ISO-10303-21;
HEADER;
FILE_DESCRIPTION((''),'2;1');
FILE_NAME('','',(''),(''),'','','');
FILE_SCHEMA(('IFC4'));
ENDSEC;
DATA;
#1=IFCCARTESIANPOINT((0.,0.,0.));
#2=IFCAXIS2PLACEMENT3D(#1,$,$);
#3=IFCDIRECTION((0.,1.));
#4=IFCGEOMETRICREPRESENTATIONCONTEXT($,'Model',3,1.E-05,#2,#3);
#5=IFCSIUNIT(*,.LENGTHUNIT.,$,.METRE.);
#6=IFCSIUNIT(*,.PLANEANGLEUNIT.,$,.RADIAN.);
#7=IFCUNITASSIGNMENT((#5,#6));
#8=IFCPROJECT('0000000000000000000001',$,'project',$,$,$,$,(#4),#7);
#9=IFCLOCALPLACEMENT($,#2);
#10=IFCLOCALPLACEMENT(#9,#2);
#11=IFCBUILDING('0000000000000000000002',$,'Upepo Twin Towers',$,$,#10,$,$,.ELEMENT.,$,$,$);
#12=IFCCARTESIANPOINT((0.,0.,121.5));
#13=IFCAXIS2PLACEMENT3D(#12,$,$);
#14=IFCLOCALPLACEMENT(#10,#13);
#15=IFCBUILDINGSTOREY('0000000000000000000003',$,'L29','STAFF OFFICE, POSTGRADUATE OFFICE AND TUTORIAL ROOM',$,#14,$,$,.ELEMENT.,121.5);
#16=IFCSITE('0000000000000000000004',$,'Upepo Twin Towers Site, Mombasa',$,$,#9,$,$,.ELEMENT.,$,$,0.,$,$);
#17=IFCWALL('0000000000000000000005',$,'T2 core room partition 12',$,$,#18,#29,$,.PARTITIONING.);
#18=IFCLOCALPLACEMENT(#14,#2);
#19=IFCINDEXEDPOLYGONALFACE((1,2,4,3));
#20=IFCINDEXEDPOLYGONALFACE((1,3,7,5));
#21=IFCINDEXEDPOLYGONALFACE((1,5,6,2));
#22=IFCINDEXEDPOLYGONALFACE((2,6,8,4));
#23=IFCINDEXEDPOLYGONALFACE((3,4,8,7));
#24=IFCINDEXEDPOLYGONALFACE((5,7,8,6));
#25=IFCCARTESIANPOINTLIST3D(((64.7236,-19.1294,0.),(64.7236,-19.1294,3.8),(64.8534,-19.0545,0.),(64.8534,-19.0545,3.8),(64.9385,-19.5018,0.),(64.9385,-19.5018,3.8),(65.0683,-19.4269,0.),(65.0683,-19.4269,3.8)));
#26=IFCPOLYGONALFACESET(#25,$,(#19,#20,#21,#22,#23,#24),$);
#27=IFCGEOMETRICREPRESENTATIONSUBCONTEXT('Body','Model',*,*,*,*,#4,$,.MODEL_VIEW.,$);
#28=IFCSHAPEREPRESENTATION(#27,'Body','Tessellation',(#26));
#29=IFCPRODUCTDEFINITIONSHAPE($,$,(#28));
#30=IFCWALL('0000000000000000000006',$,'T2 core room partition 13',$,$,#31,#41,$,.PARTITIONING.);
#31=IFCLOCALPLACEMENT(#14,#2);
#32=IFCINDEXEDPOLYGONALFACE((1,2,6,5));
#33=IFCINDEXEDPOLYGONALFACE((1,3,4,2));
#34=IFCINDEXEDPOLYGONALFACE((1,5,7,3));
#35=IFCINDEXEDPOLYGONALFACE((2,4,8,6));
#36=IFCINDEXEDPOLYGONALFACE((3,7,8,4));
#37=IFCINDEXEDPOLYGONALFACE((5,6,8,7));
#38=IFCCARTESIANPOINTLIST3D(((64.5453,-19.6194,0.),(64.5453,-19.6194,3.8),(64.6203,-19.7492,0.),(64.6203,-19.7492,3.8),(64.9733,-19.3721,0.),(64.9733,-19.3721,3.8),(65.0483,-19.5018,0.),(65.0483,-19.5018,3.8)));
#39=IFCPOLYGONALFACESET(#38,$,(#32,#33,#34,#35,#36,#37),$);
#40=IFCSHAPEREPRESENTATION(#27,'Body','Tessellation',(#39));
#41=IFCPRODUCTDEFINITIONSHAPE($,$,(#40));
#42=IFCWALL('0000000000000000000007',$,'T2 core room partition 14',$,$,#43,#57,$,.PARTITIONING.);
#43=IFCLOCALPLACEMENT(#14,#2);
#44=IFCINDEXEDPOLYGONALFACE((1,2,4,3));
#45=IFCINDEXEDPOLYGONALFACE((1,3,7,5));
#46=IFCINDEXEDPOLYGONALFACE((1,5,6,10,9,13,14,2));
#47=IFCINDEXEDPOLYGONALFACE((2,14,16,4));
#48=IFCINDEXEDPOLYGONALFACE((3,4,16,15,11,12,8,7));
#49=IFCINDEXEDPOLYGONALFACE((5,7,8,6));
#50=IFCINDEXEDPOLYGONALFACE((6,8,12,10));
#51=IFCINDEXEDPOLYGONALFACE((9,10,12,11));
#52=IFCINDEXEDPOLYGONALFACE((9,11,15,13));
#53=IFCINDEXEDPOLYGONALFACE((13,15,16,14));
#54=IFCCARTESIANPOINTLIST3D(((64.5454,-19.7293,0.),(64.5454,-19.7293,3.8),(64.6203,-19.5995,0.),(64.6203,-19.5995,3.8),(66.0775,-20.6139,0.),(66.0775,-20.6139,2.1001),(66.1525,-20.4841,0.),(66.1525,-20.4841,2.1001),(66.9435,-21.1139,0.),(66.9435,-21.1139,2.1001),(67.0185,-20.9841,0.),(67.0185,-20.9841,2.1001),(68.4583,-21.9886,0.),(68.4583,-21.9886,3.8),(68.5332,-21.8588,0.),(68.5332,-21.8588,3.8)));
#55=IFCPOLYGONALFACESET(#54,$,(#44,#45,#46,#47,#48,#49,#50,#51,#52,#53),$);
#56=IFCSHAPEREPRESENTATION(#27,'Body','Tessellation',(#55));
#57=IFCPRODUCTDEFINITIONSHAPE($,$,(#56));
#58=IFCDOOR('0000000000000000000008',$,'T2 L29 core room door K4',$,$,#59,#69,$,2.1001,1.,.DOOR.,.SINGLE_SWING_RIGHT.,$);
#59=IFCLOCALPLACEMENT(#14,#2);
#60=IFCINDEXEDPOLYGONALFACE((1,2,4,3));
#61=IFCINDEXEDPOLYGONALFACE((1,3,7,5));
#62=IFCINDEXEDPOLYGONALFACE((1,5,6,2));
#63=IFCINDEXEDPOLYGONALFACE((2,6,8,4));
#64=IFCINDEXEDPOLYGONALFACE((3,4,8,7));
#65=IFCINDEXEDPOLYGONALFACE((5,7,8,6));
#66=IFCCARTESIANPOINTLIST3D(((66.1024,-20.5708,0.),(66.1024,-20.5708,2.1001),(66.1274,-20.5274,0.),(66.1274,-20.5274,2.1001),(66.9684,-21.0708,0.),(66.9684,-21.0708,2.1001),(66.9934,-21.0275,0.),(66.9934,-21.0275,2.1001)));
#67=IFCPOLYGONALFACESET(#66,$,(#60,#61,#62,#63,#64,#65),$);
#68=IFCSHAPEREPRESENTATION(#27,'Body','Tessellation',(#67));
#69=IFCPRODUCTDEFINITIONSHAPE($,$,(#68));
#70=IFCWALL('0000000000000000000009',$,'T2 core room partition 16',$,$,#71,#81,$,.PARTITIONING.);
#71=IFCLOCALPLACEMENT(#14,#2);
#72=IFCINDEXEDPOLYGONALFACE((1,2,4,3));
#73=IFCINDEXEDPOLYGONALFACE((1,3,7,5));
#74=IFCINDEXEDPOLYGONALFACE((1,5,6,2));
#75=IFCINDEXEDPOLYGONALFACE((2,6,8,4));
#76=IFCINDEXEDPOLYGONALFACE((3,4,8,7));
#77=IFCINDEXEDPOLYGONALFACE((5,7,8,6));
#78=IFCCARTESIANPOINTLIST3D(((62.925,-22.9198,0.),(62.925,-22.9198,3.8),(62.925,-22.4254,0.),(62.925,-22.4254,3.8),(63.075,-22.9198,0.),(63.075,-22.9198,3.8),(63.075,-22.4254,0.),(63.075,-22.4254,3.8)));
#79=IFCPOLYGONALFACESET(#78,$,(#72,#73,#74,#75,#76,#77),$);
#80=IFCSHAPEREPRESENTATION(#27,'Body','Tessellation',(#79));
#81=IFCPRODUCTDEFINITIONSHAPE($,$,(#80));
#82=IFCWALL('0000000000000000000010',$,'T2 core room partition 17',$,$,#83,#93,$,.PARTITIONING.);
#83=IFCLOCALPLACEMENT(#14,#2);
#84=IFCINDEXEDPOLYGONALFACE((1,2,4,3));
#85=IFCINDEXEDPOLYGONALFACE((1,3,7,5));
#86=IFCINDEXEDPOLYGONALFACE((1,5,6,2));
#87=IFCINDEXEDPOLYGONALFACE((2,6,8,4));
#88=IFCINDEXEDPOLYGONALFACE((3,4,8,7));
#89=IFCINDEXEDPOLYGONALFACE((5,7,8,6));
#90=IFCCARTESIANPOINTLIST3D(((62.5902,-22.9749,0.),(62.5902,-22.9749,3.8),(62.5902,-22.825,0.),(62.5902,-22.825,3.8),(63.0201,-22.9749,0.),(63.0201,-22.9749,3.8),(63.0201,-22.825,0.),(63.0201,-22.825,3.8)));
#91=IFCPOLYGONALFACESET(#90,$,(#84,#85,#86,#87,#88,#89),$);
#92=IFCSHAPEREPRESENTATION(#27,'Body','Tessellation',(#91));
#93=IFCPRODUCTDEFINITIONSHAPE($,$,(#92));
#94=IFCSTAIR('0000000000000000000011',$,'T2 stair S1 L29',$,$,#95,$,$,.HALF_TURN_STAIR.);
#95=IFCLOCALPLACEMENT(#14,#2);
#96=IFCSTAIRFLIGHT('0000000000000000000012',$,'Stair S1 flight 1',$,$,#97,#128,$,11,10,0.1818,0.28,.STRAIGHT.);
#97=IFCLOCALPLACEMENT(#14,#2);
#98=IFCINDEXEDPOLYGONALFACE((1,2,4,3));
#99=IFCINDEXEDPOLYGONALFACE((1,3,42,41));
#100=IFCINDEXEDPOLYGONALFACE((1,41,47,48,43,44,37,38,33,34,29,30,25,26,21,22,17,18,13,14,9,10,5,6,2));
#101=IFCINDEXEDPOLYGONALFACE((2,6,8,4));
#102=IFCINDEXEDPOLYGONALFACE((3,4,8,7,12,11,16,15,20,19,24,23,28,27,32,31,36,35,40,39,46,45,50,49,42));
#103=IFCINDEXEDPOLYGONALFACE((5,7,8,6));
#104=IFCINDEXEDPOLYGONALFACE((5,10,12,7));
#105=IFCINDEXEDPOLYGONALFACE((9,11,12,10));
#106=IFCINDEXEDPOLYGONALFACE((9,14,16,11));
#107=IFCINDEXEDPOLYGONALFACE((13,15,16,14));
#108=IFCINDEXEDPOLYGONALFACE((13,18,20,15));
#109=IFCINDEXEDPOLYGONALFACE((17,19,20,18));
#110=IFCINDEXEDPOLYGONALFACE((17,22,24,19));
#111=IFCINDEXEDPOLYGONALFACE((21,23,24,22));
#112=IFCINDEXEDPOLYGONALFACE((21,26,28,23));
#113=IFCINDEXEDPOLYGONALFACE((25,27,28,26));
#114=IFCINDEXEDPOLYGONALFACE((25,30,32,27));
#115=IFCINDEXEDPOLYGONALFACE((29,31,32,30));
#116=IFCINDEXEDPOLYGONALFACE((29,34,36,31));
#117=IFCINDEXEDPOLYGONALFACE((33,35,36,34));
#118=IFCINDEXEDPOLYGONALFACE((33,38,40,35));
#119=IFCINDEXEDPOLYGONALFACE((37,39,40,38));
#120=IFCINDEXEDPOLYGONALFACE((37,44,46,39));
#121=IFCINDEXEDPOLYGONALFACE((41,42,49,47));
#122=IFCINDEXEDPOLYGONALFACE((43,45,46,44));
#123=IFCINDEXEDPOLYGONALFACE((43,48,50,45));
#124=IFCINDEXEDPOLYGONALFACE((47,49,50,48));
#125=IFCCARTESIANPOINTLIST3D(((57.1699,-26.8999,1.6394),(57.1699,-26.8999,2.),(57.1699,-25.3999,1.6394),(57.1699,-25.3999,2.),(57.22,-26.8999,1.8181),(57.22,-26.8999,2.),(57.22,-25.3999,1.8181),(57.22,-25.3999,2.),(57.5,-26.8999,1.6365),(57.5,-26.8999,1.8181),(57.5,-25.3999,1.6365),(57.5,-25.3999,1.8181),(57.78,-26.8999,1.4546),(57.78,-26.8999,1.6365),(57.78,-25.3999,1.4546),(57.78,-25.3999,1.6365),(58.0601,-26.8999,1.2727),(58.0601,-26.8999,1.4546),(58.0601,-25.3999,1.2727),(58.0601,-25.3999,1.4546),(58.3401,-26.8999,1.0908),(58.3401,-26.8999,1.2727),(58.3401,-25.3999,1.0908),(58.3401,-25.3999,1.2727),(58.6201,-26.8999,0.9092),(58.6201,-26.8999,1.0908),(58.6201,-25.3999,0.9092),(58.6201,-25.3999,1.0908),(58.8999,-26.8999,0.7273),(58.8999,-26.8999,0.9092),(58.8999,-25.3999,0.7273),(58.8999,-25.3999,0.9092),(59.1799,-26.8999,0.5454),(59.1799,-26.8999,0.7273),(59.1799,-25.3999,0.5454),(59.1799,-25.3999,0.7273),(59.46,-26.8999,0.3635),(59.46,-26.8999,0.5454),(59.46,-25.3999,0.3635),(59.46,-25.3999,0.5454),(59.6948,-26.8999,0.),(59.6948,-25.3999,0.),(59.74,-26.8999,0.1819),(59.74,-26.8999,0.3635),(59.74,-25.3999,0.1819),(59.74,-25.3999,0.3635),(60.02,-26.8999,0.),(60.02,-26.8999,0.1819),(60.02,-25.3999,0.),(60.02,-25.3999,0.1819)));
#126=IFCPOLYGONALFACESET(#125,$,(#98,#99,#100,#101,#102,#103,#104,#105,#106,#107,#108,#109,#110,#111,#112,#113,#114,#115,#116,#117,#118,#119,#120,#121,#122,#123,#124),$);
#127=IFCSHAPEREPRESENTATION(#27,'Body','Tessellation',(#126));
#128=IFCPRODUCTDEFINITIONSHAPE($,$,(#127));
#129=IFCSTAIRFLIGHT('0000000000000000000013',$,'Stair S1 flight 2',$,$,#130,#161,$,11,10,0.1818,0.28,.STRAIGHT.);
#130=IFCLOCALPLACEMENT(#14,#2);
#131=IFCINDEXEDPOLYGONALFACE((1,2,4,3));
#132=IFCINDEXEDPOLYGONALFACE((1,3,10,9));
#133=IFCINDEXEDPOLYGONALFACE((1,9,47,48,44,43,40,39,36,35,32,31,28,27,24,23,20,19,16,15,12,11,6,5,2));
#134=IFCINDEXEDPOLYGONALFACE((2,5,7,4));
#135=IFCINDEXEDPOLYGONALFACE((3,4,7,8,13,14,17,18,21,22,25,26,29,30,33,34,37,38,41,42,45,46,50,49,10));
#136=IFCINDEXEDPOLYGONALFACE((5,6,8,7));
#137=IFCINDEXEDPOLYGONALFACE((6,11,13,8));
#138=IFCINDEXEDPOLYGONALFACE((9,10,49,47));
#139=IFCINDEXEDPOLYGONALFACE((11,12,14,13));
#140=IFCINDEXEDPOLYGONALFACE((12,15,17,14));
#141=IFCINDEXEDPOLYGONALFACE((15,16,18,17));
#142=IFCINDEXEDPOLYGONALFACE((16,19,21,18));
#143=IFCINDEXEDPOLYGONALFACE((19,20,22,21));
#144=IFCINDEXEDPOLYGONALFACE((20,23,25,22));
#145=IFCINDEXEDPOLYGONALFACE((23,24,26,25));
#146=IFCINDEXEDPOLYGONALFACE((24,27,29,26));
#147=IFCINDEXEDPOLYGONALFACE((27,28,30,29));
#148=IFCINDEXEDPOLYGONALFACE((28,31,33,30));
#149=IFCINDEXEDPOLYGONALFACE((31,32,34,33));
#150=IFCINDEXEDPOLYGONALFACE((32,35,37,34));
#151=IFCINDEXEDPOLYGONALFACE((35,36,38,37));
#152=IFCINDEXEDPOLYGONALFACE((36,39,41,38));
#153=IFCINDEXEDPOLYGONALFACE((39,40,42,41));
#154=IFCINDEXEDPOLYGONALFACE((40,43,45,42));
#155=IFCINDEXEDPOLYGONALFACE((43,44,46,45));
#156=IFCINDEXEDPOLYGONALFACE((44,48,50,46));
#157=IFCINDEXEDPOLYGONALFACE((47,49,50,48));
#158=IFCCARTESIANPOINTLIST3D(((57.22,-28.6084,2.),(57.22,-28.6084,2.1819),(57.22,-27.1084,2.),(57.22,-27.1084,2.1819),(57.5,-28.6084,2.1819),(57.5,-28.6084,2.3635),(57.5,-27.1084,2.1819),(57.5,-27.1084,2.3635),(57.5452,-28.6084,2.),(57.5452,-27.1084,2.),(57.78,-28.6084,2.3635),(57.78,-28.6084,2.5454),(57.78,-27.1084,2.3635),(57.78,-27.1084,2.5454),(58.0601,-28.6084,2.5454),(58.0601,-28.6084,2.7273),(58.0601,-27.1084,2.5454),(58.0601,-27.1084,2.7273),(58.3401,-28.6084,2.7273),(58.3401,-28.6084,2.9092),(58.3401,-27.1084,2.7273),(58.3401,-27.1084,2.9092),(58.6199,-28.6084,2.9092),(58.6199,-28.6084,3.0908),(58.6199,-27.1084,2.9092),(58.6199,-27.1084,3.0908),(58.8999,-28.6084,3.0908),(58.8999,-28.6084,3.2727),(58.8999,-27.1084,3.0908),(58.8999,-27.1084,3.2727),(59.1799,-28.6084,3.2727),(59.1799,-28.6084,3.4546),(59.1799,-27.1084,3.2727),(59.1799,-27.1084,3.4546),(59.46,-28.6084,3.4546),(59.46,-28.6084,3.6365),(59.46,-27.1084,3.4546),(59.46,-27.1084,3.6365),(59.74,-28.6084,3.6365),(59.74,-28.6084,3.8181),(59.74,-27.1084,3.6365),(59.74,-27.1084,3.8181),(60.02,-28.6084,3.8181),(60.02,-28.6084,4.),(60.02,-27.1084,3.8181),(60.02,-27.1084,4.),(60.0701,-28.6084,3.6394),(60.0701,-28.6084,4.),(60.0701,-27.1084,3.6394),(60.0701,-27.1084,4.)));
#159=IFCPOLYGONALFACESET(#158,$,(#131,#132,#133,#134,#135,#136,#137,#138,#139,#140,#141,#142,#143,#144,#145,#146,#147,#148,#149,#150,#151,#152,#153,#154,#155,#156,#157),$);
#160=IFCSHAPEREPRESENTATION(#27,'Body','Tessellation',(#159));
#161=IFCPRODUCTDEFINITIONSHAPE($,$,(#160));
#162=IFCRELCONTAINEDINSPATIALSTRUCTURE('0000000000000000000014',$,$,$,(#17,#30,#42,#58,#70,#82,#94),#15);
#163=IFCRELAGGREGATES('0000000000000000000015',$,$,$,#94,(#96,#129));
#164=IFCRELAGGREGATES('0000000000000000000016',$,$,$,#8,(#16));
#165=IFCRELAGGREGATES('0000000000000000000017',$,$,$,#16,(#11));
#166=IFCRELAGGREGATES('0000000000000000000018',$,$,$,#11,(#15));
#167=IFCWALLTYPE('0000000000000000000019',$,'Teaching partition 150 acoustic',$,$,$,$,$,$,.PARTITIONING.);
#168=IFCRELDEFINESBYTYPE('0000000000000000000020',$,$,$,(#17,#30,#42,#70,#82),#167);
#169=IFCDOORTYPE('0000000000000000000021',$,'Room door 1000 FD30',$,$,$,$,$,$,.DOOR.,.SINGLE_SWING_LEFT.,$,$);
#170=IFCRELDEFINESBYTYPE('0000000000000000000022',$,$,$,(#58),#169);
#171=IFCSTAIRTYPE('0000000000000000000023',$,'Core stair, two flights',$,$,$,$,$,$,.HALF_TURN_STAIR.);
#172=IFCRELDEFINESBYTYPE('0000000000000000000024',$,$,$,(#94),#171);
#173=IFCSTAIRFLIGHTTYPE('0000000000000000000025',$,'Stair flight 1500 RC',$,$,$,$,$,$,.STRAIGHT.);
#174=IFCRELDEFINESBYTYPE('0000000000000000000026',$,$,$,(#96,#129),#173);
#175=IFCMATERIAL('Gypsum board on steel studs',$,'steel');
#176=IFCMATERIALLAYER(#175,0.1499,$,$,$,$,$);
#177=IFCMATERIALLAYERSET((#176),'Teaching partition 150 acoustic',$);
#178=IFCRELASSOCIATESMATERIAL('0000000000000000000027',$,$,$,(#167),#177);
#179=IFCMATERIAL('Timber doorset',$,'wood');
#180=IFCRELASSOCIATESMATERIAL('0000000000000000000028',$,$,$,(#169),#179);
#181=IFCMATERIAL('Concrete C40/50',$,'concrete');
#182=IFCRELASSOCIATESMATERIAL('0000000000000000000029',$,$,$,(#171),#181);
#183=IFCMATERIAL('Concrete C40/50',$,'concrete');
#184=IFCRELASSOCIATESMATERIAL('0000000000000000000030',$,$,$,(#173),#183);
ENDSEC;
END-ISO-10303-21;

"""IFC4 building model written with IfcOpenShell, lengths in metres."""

from ifc_helpers import new_model, si_unit, direction, frame, frame_2d, origin, place, context, subcontext, project, spatial, polyline, rectangle, outline, extrude, material, layer, layer_set, type_object, element, fill, aggregate, save


model = new_model("IFC4")

# Units and contexts
model_context = context("Model", 3, precision=1e-05, world=origin(), true_north=direction((0.0, 1.0)))
body_context = subcontext(model_context, "Body", "Model", "MODEL_VIEW")
ifc_project = project(units=[si_unit("LENGTHUNIT", "METRE"), si_unit("PLANEANGLEUNIT", "RADIAN")], contexts=[model_context])

# Site, building, storey
site_placement = place(None, origin())
site = spatial("IfcSite", under=ifc_project, at=site_placement, Name="Upepo Twin Towers Site, Mombasa", CompositionType="ELEMENT", RefElevation=0.0)
building_placement = place(site_placement, origin())
building = spatial("IfcBuilding", under=site, at=building_placement, Name="Upepo Twin Towers", CompositionType="ELEMENT")
storey_placement = place(building_placement, frame((0.0, 0.0, 121.5)))
storey = spatial("IfcBuildingStorey", under=building, at=storey_placement, Name="L29", Description="STAFF OFFICE, POSTGRADUATE OFFICE AND TUTORIAL ROOM", CompositionType="ELEMENT", Elevation=121.5)

# Walls
ifc_material_1 = material(Name="Gypsum board on steel studs", Category="steel")
ifc_layer_1 = layer(ifc_material_1, 0.1499)
ifc_layer_set_1 = layer_set([ifc_layer_1], Name="Teaching partition 150 acoustic")
wall_type_1 = type_object("IfcWallType", Name="Teaching partition 150 acoustic", PredefinedType="PARTITIONING", material=ifc_layer_set_1)
wall_1_placement = place(storey_placement, frame((64.7886, -19.092, 0.0), z_axis=(0.0, 0.0, 1.0), x_axis=(0.499804, -0.866138, 0.0)))
element("IfcWall", 1, at=wall_1_placement, inside=storey, type_object=wall_type_1, Name="T2 core room partition 12", PredefinedType="PARTITIONING", context=body_context, shape_type="SweptSolid", body=[
    extrude(rectangle(XDim=0.4299, YDim=0.1499, at=frame_2d((0.2148, 0.0))), origin(), (0.0, 0.0, 1.0), 3.8),
])
wall_2_placement = place(storey_placement, frame((65.0107, -19.437, 0.0), z_axis=(0.0, 0.0, 1.0), x_axis=(-0.865832, -0.500335, 0.0)))
element("IfcWall", 2, at=wall_2_placement, inside=storey, type_object=wall_type_1, Name="T2 core room partition 13", PredefinedType="PARTITIONING", context=body_context, shape_type="SweptSolid", body=[
    extrude(rectangle(XDim=0.4944, YDim=0.1499, at=frame_2d((0.2471, 0.0))), origin(), (0.0, 0.0, 1.0), 3.8),
])

# Wall, opening, door
wall_3_placement = place(storey_placement, frame((64.5828, -19.6643, 0.0), z_axis=(0.0, 0.0, 1.0), x_axis=(0.866007, -0.500033, 0.0)))
wall_3 = element("IfcWall", 3, at=wall_3_placement, inside=storey, type_object=wall_type_1, Name="T2 core room partition 14", PredefinedType="PARTITIONING", context=body_context, shape_type="SweptSolid", body=[
    extrude(rectangle(XDim=4.5183, YDim=0.1499, at=frame_2d((2.2593, 0.0))), origin(), (0.0, 0.0, 1.0), 3.8),
])
opening_1_placement = place(wall_3_placement, frame((1.7693, 0.0, 0.0)))
opening_1 = element("IfcOpeningElement", 4, at=opening_1_placement, cuts=wall_3, PredefinedType="OPENING", context=body_context, shape_type="SweptSolid", body=[
    extrude(rectangle(XDim=1.0, YDim=2.1001, at=frame_2d((0.5, 1.05))), frame((0.0, 0.085, 0.0), z_axis=(0.0, -1.0, 0.0), x_axis=(1.0, 0.0, 0.0)), (0.0, 0.0, 1.0), 0.1699),
])
ifc_material_2 = material(Name="Timber doorset", Category="wood")
door_type_1 = type_object("IfcDoorType", Name="Room door 1000 FD30", OperationType="SINGLE_SWING_LEFT", PredefinedType="DOOR", material=ifc_material_2)
door_1_placement = place(opening_1_placement, origin())
door_1 = element("IfcDoor", 5, at=door_1_placement, inside=storey, type_object=door_type_1, Name="T2 L29 core room door K4", OperationType="SINGLE_SWING_RIGHT", OverallHeight=2.1001, OverallWidth=1.0, PredefinedType="DOOR", context=body_context, shape_type="SweptSolid", body=[
    extrude(rectangle(XDim=1.0, YDim=2.1001, at=frame_2d((0.5, 1.05))), frame((0.0, 0.0249, 0.0), z_axis=(0.0, -1.0, 0.0), x_axis=(1.0, 0.0, 0.0)), (0.0, 0.0, 1.0), 0.05),
])
fill(opening_1, door_1)

# Walls
wall_4_placement = place(storey_placement, frame((63.0, -22.4255, 0.0), z_axis=(0.0, 0.0, 1.0), x_axis=(0.0, -1.0, 0.0)))
element("IfcWall", 6, at=wall_4_placement, inside=storey, type_object=wall_type_1, Name="T2 core room partition 16", PredefinedType="PARTITIONING", context=body_context, shape_type="SweptSolid", body=[
    extrude(rectangle(XDim=0.4944, YDim=0.1499, at=frame_2d((0.2471, 0.0))), origin(), (0.0, 0.0, 1.0), 3.8),
])
wall_5_placement = place(storey_placement, frame((63.02, -22.8999, 0.0), z_axis=(0.0, 0.0, 1.0), x_axis=(-1.0, 0.0, 0.0)))
element("IfcWall", 7, at=wall_5_placement, inside=storey, type_object=wall_type_1, Name="T2 core room partition 17", PredefinedType="PARTITIONING", context=body_context, shape_type="SweptSolid", body=[
    extrude(rectangle(XDim=0.4299, YDim=0.1499, at=frame_2d((0.2148, 0.0))), origin(), (0.0, 0.0, 1.0), 3.8),
])

# Stair, stair flights
ifc_material_3 = material(Name="Concrete C40/50", Category="concrete")
stair_type = type_object("IfcStairType", Name="Core stair, two flights", PredefinedType="HALF_TURN_STAIR", material=ifc_material_3)
stair_placement = place(storey_placement, origin())
stair = element("IfcStair", 8, at=stair_placement, inside=storey, type_object=stair_type, Name="T2 stair S1 L29", PredefinedType="HALF_TURN_STAIR")
ifc_material_4 = material(Name="Concrete C40/50", Category="concrete")
stair_flight_type = type_object("IfcStairFlightType", Name="Stair flight 1500 RC", PredefinedType="STRAIGHT", material=ifc_material_4)
stair_flight_1_placement = place(storey_placement, frame((60.02, -26.1499, 0.0), z_axis=(0.0, 0.0, 1.0), x_axis=(-1.0, 0.0, 0.0)))
stair_flight_1 = element("IfcStairFlight", 9, at=stair_flight_1_placement, type_object=stair_flight_type, Name="Stair S1 flight 1", NumberOfRisers=11, NumberOfTreads=10, PredefinedType="STRAIGHT", RiserHeight=0.1818, TreadLength=0.28, context=body_context, shape_type="SweptSolid", body=[
    extrude(outline(polyline([(0.0, 0.0), (0.0, 0.1819), (0.28, 0.1819), (0.28, 0.3635), (0.5601, 0.3635), (0.5601, 0.5454), (0.8401, 0.5454), (0.8401, 0.7273), (1.1201, 0.7273), (1.1201, 0.9092), (1.3999, 0.9092), (1.3999, 1.0908), (1.6799, 1.0908), (1.6799, 1.2727), (1.96, 1.2727), (1.96, 1.4546), (2.24, 1.4546), (2.24, 1.6365), (2.52, 1.6365), (2.52, 1.8181), (2.8, 1.8181), (2.8, 2.0), (2.8501, 2.0), (2.8501, 1.6394), (0.3252, 0.0), (0.0, 0.0)])), frame((0.0, 0.75, 0.0), z_axis=(0.0, -1.0, 0.0), x_axis=(1.0, 0.0, 0.0)), (0.0, 0.0, 1.0), 1.5),
])
stair_flight_2_placement = place(storey_placement, frame((57.22, -27.8584, 2.0), z_axis=(0.0, 0.0, 1.0), x_axis=(1.0, 0.0, 0.0)))
stair_flight_2 = element("IfcStairFlight", 10, at=stair_flight_2_placement, type_object=stair_flight_type, Name="Stair S1 flight 2", NumberOfRisers=11, NumberOfTreads=10, PredefinedType="STRAIGHT", RiserHeight=0.1818, TreadLength=0.28, context=body_context, shape_type="SweptSolid", body=[
    extrude(outline(polyline([(0.0, 0.0), (0.0, 0.1819), (0.28, 0.1819), (0.28, 0.3635), (0.5601, 0.3635), (0.5601, 0.5454), (0.8401, 0.5454), (0.8401, 0.7273), (1.1201, 0.7273), (1.1201, 0.9092), (1.3999, 0.9092), (1.3999, 1.0908), (1.6799, 1.0908), (1.6799, 1.2727), (1.96, 1.2727), (1.96, 1.4546), (2.24, 1.4546), (2.24, 1.6365), (2.52, 1.6365), (2.52, 1.8181), (2.8, 1.8181), (2.8, 2.0), (2.8501, 2.0), (2.8501, 1.6394), (0.3252, 0.0), (0.0, 0.0)])), frame((0.0, 0.75, 0.0), z_axis=(0.0, -1.0, 0.0), x_axis=(1.0, 0.0, 0.0)), (0.0, 0.0, 1.0), 1.5),
])
aggregate(stair, [stair_flight_1, stair_flight_2])

save(model, "model.ifc")
